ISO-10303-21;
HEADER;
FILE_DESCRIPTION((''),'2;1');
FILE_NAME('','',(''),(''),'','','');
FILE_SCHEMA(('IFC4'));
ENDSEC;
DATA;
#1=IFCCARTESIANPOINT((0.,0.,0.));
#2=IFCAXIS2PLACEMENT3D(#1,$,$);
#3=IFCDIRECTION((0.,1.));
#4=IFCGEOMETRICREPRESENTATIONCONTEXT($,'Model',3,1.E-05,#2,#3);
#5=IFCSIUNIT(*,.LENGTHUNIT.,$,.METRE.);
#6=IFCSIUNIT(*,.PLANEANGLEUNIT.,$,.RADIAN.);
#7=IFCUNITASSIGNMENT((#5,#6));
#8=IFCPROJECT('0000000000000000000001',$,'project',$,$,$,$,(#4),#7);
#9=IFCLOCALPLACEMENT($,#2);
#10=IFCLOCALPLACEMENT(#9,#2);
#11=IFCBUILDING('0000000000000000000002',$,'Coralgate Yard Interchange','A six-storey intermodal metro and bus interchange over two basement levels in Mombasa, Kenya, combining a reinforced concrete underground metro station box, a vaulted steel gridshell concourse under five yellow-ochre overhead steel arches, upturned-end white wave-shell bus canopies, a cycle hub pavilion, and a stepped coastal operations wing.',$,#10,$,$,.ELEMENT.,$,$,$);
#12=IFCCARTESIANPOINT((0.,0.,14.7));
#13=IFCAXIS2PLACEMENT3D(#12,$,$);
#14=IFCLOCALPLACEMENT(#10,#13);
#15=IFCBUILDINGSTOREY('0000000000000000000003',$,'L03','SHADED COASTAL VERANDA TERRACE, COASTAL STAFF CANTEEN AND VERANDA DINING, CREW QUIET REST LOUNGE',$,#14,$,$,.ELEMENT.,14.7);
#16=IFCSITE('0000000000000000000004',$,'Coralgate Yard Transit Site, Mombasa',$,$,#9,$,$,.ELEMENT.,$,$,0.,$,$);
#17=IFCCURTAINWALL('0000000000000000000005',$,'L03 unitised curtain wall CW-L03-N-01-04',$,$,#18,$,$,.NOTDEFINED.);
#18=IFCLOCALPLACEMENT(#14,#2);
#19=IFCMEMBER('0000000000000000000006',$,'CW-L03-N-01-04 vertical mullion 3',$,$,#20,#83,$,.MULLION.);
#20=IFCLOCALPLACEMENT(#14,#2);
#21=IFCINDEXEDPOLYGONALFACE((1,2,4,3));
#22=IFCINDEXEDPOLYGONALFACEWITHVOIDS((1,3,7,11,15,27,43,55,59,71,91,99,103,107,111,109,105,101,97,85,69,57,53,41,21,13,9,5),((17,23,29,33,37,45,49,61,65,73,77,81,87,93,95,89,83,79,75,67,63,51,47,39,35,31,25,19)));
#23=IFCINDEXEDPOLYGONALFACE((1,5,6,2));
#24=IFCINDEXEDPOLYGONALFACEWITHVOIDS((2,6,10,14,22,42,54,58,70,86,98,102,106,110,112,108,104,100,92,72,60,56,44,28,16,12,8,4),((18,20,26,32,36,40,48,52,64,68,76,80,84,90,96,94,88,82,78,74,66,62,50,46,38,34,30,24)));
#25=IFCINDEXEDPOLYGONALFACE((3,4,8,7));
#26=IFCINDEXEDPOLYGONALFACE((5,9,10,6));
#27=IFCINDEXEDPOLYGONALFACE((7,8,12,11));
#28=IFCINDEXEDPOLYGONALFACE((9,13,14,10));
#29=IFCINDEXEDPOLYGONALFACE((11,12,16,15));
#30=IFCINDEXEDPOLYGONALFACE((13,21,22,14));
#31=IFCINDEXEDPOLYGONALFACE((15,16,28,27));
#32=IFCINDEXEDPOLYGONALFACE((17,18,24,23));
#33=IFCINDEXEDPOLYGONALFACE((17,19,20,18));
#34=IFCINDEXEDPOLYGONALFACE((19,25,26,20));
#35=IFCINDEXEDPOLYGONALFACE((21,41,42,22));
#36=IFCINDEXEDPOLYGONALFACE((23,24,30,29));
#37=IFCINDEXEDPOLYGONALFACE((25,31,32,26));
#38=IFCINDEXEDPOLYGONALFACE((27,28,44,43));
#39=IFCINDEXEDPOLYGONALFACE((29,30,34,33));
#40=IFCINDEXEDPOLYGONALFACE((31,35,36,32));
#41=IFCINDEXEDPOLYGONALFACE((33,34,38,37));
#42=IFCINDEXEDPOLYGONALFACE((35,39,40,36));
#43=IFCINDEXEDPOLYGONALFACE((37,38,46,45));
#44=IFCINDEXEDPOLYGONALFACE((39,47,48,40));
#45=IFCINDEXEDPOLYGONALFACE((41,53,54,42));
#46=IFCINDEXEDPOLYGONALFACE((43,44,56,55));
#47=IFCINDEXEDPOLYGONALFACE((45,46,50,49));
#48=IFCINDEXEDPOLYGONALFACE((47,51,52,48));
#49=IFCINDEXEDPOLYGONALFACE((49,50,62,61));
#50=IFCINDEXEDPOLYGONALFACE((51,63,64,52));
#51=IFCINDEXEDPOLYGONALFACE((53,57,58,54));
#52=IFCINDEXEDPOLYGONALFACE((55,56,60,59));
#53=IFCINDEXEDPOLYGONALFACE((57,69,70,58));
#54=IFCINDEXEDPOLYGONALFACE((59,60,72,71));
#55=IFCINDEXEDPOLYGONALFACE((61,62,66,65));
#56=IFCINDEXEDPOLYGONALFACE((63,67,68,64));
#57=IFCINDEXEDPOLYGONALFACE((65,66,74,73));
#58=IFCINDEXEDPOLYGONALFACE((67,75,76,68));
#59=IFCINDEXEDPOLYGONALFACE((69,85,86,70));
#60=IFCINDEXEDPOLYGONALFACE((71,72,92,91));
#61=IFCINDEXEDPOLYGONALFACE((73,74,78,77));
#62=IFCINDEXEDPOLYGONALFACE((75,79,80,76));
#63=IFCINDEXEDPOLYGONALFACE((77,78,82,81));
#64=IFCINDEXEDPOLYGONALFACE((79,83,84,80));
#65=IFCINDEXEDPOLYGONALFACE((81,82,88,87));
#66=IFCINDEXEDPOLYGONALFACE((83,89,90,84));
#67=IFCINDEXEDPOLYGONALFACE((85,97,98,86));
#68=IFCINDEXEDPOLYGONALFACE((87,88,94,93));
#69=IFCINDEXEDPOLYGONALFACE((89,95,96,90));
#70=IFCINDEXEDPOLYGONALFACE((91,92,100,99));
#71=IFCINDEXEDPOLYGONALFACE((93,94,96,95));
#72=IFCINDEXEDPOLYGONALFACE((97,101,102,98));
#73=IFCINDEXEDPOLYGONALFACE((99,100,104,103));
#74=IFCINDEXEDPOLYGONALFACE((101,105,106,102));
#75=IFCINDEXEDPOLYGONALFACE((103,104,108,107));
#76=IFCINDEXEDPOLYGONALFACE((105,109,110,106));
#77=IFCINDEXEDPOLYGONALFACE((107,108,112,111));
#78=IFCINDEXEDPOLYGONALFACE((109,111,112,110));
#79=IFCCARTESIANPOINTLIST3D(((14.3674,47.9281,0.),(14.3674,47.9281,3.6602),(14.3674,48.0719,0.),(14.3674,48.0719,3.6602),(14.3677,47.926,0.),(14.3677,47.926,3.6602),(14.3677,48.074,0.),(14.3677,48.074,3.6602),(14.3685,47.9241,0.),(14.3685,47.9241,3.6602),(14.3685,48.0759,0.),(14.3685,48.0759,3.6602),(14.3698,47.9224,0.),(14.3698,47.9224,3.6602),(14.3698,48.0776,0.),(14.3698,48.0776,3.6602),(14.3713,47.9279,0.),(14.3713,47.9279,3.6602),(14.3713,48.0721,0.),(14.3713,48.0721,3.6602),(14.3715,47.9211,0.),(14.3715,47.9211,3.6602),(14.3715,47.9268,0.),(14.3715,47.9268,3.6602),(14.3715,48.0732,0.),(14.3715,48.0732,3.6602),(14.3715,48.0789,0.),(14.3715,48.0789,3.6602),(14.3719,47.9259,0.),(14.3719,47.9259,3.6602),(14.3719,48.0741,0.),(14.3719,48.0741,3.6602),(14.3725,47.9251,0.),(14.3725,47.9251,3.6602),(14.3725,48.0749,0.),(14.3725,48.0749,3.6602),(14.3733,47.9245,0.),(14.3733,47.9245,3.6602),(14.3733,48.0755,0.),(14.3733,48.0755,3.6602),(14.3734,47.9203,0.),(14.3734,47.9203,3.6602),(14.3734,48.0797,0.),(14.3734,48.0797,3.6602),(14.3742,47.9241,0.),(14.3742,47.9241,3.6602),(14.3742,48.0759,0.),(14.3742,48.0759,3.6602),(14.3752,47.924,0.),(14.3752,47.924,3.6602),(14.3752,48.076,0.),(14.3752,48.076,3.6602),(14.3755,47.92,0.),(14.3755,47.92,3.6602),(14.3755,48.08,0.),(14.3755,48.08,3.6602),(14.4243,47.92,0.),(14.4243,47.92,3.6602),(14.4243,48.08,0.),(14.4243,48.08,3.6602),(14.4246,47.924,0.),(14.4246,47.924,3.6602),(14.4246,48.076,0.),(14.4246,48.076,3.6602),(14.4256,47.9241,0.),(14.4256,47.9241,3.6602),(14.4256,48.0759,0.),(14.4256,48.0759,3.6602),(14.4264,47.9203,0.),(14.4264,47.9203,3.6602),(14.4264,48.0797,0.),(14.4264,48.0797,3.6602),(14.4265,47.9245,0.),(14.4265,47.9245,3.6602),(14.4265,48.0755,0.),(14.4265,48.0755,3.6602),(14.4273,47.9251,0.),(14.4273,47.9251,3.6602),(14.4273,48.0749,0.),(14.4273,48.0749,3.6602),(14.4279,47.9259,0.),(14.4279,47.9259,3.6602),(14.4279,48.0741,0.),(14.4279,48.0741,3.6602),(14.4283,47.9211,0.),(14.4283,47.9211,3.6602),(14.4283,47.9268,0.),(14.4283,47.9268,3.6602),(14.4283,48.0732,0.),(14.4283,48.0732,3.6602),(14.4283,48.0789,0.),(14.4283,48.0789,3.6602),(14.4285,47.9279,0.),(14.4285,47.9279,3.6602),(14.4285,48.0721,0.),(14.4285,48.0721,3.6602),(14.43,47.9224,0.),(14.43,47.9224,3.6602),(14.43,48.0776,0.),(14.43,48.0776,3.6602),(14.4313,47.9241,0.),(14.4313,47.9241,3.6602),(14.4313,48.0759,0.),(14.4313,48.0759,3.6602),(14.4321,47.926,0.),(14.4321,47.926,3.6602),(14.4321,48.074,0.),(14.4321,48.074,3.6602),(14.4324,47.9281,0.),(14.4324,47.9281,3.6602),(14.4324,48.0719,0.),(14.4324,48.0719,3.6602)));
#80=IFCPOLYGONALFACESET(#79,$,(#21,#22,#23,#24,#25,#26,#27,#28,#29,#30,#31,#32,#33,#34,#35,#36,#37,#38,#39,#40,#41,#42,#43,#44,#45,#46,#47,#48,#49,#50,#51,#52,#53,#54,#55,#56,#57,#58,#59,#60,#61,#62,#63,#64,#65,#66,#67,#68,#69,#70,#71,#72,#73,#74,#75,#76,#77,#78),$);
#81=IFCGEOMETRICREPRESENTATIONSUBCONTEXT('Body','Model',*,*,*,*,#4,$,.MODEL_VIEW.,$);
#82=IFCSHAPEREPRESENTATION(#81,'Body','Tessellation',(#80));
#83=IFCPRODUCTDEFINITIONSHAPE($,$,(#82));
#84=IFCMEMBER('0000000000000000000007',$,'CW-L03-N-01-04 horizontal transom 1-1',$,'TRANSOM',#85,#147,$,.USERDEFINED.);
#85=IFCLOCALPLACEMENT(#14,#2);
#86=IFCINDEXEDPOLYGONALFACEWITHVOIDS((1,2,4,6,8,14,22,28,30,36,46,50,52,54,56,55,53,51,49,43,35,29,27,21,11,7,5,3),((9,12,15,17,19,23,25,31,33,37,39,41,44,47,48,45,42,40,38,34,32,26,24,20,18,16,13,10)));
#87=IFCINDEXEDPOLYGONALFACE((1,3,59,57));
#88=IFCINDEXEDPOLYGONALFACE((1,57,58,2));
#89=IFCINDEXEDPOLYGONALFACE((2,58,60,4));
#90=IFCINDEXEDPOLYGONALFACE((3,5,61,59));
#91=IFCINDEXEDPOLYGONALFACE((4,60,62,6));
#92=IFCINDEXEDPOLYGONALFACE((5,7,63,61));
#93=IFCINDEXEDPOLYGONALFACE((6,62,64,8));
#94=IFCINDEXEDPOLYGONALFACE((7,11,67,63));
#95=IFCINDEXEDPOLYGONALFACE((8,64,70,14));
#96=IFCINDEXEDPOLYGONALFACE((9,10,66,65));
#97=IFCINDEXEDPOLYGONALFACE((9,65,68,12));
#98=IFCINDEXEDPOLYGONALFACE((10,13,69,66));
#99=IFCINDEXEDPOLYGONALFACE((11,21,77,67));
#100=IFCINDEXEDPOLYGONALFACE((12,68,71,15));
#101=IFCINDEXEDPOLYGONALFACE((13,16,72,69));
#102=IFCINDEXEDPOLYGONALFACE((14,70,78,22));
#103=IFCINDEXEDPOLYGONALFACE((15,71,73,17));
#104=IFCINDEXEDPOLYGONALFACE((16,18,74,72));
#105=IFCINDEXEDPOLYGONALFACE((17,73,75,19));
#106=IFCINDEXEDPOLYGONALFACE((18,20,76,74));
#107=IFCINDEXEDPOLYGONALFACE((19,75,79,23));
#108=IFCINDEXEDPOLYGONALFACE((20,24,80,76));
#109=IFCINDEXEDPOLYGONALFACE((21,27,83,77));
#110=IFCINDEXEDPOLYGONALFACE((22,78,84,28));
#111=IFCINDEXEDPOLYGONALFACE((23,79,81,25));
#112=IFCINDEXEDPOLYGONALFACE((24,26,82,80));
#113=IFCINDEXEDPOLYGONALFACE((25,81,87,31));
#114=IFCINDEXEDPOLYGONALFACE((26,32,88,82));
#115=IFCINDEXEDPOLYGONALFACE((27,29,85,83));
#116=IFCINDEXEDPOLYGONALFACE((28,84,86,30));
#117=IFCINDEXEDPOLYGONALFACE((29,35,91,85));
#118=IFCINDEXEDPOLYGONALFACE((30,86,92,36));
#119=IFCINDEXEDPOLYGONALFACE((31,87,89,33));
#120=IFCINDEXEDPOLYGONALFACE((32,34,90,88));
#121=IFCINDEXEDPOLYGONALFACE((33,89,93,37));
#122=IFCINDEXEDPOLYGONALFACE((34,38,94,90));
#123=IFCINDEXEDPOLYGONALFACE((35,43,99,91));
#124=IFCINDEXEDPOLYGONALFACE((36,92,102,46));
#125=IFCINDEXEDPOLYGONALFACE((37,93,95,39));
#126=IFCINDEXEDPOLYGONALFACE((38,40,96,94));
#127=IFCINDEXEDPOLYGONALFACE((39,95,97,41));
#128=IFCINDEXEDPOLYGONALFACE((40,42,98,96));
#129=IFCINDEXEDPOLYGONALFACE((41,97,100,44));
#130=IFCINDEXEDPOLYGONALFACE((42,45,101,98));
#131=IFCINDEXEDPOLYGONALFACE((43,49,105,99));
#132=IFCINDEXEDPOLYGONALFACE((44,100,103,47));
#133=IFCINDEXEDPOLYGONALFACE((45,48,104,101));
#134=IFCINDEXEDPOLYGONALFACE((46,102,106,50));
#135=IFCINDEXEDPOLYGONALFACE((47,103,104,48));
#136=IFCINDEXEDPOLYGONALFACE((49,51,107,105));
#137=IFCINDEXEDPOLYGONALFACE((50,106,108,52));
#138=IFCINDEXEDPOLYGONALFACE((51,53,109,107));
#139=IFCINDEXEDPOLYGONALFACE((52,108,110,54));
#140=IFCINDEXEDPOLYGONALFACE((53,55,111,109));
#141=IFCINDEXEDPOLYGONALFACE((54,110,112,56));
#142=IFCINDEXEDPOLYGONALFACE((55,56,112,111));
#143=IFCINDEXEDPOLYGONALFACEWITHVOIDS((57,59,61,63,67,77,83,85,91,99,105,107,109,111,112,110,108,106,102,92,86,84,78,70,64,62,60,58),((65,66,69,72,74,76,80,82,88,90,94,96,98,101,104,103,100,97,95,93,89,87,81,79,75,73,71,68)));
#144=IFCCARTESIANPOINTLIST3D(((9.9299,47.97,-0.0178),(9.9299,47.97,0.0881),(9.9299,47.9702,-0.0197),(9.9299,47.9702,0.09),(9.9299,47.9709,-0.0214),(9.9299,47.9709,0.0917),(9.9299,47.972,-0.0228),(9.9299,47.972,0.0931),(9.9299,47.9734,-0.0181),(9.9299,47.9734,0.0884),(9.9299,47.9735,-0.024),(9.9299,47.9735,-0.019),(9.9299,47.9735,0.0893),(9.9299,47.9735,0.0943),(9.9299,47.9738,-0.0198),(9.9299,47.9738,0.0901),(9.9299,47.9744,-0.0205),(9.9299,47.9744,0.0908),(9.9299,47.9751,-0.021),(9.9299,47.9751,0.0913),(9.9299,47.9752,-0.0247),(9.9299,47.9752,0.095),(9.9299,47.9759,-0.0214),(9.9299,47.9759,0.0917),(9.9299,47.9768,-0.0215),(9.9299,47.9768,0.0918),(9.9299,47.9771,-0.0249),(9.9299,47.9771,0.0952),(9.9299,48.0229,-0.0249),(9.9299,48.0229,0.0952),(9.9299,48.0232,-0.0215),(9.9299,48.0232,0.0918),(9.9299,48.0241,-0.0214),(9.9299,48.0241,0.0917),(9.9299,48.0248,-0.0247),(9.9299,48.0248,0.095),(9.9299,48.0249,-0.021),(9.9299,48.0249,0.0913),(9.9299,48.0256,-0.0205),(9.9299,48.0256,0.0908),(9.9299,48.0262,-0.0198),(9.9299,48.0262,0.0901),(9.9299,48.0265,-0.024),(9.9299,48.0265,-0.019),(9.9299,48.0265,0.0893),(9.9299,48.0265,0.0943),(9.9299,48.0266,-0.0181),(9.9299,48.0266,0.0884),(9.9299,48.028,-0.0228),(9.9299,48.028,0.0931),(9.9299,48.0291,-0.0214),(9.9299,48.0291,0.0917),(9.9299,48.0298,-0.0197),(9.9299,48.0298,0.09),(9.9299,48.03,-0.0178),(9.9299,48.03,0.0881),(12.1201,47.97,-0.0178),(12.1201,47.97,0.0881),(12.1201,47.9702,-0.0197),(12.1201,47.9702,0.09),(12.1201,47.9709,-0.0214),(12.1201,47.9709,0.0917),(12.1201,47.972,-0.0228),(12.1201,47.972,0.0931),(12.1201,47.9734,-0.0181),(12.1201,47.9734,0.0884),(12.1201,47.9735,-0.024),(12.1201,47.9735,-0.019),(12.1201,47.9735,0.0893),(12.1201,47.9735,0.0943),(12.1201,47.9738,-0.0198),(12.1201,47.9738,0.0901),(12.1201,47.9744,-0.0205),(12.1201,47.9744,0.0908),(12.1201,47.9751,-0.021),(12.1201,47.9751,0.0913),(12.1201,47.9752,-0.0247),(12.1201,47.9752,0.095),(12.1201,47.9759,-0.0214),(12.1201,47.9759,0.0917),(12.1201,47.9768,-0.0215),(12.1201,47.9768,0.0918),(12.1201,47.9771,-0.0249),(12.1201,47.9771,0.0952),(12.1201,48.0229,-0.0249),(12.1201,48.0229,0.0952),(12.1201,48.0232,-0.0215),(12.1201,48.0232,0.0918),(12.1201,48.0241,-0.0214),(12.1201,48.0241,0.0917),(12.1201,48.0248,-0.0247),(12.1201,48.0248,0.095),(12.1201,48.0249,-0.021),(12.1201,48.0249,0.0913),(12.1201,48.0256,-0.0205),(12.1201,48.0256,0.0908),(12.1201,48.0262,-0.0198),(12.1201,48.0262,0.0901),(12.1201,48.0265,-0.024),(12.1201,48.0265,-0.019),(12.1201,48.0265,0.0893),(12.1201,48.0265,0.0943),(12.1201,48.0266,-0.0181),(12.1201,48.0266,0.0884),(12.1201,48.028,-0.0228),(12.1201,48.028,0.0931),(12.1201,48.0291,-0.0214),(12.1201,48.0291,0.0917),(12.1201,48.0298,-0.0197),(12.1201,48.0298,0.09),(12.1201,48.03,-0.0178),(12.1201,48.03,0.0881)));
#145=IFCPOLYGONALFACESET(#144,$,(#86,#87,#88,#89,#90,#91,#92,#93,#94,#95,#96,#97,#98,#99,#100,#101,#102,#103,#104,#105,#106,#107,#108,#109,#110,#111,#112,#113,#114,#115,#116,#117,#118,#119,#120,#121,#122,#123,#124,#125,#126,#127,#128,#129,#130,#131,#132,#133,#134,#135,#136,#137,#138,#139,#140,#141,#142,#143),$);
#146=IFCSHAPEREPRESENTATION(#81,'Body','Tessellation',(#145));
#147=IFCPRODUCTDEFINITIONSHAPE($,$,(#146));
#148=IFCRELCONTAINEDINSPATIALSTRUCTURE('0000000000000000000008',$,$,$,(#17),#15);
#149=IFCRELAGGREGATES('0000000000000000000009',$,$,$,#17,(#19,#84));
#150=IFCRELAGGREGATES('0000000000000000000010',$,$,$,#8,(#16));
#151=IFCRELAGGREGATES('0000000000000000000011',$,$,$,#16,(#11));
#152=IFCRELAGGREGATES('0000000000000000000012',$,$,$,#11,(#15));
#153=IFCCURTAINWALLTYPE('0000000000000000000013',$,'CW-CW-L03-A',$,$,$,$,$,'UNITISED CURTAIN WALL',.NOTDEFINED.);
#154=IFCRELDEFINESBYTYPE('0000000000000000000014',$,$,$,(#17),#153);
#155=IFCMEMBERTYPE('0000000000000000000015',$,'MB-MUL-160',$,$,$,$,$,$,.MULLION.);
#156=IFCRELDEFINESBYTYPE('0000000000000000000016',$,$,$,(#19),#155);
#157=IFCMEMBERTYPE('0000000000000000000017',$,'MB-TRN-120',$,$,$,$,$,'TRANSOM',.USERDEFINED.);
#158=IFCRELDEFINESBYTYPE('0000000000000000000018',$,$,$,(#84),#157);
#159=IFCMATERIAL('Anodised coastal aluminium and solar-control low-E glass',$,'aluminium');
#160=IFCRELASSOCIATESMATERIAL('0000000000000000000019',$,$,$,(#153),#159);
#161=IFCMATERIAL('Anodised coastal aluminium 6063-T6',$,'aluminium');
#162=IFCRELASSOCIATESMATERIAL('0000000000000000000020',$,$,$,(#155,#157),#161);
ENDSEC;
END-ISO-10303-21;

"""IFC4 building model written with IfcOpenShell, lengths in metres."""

from ifc_helpers import new_model, si_unit, direction, frame, origin, origin_2d, place, context, subcontext, project, spatial, hollow_rectangle, extrude, material, material_profile, profile_set, type_object, element, aggregate, save


model = new_model("IFC4")

# Units and contexts
model_context = context("Model", 3, precision=1e-05, world=origin(), true_north=direction((0.0, 1.0)))
body_context = subcontext(model_context, "Body", "Model", "MODEL_VIEW")
ifc_project = project(units=[si_unit("LENGTHUNIT", "METRE"), si_unit("PLANEANGLEUNIT", "RADIAN")], contexts=[model_context])

# Site, building, storey
site_placement = place(None, origin())
site = spatial("IfcSite", under=ifc_project, at=site_placement, Name="Coralgate Yard Transit Site, Mombasa", CompositionType="ELEMENT", RefElevation=0.0)
building_placement = place(site_placement, origin())
building = spatial("IfcBuilding", under=site, at=building_placement, Name="Coralgate Yard Interchange", Description="A six-storey intermodal metro and bus interchange over two basement levels in Mombasa, Kenya, combining a reinforced concrete underground metro station box, a vaulted steel gridshell concourse under five yellow-ochre overhead steel arches, upturned-end white wave-shell bus canopies, a cycle hub pavilion, and a stepped coastal operations wing.", CompositionType="ELEMENT")
storey_placement = place(building_placement, frame((0.0, 0.0, 14.7)))
storey = spatial("IfcBuildingStorey", under=building, at=storey_placement, Name="L03", Description="SHADED COASTAL VERANDA TERRACE, COASTAL STAFF CANTEEN AND VERANDA DINING, CREW QUIET REST LOUNGE", CompositionType="ELEMENT", Elevation=14.7)

# Curtain wall, members
ifc_material_1 = material(Name="Anodised coastal aluminium and solar-control low-E glass", Category="aluminium")
curtain_wall_type = type_object("IfcCurtainWallType", Name="CW-CW-L03-A", ElementType="UNITISED CURTAIN WALL", PredefinedType="NOTDEFINED", material=ifc_material_1)
curtain_wall_placement = place(storey_placement, origin())
curtain_wall = element("IfcCurtainWall", 1, at=curtain_wall_placement, inside=storey, type_object=curtain_wall_type, Name="L03 unitised curtain wall CW-L03-N-01-04", PredefinedType="NOTDEFINED")
ifc_material_2 = material(Name="Anodised coastal aluminium 6063-T6", Category="aluminium")
ifc_material_profile_1 = material_profile(ifc_material_2, hollow_rectangle(XDim=0.0649, YDim=0.1599, WallThickness=0.0039, InnerFilletRadius=0.0039, OuterFilletRadius=0.0081, at=origin_2d()), Name="ALU 65x160x4")
ifc_profile_set_1 = profile_set([ifc_material_profile_1], Name="Anodised coastal aluminium 6063-T6")
member_type_1 = type_object("IfcMemberType", Name="MB-MUL-160", PredefinedType="MULLION", material=ifc_profile_set_1)
member_1_placement = place(storey_placement, frame((14.3999, 48.0, 0.0), z_axis=(0.0, 0.0, 1.0), x_axis=(1.0, 0.0, 0.0)))
member_1 = element("IfcMember", 2, at=member_1_placement, type_object=member_type_1, Name="CW-L03-N-01-04 vertical mullion 3", PredefinedType="MULLION", context=body_context, shape_type="SweptSolid", body=[
    extrude(hollow_rectangle(XDim=0.0649, YDim=0.1599, WallThickness=0.0039, InnerFilletRadius=0.0039, OuterFilletRadius=0.0081, at=origin_2d()), origin(), (0.0, 0.0, 1.0), 3.6602),
])
ifc_material_profile_2 = material_profile(ifc_material_2, hollow_rectangle(XDim=0.0601, YDim=0.1201, WallThickness=0.0034, InnerFilletRadius=0.0034, OuterFilletRadius=0.0071, at=origin_2d()), Name="ALU 60x120x3.5")
ifc_profile_set_2 = profile_set([ifc_material_profile_2], Name="Anodised coastal aluminium 6063-T6")
member_type_2 = type_object("IfcMemberType", Name="MB-TRN-120", ElementType="TRANSOM", PredefinedType="USERDEFINED", material=ifc_profile_set_2)
member_2_placement = place(storey_placement, frame((9.9299, 48.0, 0.0352), z_axis=(1.0, 0.0, 0.0), x_axis=(0.0, 1.0, 0.0)))
member_2 = element("IfcMember", 3, at=member_2_placement, type_object=member_type_2, Name="CW-L03-N-01-04 horizontal transom 1-1", ObjectType="TRANSOM", PredefinedType="USERDEFINED", context=body_context, shape_type="SweptSolid", body=[
    extrude(hollow_rectangle(XDim=0.0601, YDim=0.1201, WallThickness=0.0034, InnerFilletRadius=0.0034, OuterFilletRadius=0.0071, at=origin_2d()), origin(), (0.0, 0.0, 1.0), 2.1902),
])
aggregate(curtain_wall, [member_1, member_2])

save(model, "model.ifc")
